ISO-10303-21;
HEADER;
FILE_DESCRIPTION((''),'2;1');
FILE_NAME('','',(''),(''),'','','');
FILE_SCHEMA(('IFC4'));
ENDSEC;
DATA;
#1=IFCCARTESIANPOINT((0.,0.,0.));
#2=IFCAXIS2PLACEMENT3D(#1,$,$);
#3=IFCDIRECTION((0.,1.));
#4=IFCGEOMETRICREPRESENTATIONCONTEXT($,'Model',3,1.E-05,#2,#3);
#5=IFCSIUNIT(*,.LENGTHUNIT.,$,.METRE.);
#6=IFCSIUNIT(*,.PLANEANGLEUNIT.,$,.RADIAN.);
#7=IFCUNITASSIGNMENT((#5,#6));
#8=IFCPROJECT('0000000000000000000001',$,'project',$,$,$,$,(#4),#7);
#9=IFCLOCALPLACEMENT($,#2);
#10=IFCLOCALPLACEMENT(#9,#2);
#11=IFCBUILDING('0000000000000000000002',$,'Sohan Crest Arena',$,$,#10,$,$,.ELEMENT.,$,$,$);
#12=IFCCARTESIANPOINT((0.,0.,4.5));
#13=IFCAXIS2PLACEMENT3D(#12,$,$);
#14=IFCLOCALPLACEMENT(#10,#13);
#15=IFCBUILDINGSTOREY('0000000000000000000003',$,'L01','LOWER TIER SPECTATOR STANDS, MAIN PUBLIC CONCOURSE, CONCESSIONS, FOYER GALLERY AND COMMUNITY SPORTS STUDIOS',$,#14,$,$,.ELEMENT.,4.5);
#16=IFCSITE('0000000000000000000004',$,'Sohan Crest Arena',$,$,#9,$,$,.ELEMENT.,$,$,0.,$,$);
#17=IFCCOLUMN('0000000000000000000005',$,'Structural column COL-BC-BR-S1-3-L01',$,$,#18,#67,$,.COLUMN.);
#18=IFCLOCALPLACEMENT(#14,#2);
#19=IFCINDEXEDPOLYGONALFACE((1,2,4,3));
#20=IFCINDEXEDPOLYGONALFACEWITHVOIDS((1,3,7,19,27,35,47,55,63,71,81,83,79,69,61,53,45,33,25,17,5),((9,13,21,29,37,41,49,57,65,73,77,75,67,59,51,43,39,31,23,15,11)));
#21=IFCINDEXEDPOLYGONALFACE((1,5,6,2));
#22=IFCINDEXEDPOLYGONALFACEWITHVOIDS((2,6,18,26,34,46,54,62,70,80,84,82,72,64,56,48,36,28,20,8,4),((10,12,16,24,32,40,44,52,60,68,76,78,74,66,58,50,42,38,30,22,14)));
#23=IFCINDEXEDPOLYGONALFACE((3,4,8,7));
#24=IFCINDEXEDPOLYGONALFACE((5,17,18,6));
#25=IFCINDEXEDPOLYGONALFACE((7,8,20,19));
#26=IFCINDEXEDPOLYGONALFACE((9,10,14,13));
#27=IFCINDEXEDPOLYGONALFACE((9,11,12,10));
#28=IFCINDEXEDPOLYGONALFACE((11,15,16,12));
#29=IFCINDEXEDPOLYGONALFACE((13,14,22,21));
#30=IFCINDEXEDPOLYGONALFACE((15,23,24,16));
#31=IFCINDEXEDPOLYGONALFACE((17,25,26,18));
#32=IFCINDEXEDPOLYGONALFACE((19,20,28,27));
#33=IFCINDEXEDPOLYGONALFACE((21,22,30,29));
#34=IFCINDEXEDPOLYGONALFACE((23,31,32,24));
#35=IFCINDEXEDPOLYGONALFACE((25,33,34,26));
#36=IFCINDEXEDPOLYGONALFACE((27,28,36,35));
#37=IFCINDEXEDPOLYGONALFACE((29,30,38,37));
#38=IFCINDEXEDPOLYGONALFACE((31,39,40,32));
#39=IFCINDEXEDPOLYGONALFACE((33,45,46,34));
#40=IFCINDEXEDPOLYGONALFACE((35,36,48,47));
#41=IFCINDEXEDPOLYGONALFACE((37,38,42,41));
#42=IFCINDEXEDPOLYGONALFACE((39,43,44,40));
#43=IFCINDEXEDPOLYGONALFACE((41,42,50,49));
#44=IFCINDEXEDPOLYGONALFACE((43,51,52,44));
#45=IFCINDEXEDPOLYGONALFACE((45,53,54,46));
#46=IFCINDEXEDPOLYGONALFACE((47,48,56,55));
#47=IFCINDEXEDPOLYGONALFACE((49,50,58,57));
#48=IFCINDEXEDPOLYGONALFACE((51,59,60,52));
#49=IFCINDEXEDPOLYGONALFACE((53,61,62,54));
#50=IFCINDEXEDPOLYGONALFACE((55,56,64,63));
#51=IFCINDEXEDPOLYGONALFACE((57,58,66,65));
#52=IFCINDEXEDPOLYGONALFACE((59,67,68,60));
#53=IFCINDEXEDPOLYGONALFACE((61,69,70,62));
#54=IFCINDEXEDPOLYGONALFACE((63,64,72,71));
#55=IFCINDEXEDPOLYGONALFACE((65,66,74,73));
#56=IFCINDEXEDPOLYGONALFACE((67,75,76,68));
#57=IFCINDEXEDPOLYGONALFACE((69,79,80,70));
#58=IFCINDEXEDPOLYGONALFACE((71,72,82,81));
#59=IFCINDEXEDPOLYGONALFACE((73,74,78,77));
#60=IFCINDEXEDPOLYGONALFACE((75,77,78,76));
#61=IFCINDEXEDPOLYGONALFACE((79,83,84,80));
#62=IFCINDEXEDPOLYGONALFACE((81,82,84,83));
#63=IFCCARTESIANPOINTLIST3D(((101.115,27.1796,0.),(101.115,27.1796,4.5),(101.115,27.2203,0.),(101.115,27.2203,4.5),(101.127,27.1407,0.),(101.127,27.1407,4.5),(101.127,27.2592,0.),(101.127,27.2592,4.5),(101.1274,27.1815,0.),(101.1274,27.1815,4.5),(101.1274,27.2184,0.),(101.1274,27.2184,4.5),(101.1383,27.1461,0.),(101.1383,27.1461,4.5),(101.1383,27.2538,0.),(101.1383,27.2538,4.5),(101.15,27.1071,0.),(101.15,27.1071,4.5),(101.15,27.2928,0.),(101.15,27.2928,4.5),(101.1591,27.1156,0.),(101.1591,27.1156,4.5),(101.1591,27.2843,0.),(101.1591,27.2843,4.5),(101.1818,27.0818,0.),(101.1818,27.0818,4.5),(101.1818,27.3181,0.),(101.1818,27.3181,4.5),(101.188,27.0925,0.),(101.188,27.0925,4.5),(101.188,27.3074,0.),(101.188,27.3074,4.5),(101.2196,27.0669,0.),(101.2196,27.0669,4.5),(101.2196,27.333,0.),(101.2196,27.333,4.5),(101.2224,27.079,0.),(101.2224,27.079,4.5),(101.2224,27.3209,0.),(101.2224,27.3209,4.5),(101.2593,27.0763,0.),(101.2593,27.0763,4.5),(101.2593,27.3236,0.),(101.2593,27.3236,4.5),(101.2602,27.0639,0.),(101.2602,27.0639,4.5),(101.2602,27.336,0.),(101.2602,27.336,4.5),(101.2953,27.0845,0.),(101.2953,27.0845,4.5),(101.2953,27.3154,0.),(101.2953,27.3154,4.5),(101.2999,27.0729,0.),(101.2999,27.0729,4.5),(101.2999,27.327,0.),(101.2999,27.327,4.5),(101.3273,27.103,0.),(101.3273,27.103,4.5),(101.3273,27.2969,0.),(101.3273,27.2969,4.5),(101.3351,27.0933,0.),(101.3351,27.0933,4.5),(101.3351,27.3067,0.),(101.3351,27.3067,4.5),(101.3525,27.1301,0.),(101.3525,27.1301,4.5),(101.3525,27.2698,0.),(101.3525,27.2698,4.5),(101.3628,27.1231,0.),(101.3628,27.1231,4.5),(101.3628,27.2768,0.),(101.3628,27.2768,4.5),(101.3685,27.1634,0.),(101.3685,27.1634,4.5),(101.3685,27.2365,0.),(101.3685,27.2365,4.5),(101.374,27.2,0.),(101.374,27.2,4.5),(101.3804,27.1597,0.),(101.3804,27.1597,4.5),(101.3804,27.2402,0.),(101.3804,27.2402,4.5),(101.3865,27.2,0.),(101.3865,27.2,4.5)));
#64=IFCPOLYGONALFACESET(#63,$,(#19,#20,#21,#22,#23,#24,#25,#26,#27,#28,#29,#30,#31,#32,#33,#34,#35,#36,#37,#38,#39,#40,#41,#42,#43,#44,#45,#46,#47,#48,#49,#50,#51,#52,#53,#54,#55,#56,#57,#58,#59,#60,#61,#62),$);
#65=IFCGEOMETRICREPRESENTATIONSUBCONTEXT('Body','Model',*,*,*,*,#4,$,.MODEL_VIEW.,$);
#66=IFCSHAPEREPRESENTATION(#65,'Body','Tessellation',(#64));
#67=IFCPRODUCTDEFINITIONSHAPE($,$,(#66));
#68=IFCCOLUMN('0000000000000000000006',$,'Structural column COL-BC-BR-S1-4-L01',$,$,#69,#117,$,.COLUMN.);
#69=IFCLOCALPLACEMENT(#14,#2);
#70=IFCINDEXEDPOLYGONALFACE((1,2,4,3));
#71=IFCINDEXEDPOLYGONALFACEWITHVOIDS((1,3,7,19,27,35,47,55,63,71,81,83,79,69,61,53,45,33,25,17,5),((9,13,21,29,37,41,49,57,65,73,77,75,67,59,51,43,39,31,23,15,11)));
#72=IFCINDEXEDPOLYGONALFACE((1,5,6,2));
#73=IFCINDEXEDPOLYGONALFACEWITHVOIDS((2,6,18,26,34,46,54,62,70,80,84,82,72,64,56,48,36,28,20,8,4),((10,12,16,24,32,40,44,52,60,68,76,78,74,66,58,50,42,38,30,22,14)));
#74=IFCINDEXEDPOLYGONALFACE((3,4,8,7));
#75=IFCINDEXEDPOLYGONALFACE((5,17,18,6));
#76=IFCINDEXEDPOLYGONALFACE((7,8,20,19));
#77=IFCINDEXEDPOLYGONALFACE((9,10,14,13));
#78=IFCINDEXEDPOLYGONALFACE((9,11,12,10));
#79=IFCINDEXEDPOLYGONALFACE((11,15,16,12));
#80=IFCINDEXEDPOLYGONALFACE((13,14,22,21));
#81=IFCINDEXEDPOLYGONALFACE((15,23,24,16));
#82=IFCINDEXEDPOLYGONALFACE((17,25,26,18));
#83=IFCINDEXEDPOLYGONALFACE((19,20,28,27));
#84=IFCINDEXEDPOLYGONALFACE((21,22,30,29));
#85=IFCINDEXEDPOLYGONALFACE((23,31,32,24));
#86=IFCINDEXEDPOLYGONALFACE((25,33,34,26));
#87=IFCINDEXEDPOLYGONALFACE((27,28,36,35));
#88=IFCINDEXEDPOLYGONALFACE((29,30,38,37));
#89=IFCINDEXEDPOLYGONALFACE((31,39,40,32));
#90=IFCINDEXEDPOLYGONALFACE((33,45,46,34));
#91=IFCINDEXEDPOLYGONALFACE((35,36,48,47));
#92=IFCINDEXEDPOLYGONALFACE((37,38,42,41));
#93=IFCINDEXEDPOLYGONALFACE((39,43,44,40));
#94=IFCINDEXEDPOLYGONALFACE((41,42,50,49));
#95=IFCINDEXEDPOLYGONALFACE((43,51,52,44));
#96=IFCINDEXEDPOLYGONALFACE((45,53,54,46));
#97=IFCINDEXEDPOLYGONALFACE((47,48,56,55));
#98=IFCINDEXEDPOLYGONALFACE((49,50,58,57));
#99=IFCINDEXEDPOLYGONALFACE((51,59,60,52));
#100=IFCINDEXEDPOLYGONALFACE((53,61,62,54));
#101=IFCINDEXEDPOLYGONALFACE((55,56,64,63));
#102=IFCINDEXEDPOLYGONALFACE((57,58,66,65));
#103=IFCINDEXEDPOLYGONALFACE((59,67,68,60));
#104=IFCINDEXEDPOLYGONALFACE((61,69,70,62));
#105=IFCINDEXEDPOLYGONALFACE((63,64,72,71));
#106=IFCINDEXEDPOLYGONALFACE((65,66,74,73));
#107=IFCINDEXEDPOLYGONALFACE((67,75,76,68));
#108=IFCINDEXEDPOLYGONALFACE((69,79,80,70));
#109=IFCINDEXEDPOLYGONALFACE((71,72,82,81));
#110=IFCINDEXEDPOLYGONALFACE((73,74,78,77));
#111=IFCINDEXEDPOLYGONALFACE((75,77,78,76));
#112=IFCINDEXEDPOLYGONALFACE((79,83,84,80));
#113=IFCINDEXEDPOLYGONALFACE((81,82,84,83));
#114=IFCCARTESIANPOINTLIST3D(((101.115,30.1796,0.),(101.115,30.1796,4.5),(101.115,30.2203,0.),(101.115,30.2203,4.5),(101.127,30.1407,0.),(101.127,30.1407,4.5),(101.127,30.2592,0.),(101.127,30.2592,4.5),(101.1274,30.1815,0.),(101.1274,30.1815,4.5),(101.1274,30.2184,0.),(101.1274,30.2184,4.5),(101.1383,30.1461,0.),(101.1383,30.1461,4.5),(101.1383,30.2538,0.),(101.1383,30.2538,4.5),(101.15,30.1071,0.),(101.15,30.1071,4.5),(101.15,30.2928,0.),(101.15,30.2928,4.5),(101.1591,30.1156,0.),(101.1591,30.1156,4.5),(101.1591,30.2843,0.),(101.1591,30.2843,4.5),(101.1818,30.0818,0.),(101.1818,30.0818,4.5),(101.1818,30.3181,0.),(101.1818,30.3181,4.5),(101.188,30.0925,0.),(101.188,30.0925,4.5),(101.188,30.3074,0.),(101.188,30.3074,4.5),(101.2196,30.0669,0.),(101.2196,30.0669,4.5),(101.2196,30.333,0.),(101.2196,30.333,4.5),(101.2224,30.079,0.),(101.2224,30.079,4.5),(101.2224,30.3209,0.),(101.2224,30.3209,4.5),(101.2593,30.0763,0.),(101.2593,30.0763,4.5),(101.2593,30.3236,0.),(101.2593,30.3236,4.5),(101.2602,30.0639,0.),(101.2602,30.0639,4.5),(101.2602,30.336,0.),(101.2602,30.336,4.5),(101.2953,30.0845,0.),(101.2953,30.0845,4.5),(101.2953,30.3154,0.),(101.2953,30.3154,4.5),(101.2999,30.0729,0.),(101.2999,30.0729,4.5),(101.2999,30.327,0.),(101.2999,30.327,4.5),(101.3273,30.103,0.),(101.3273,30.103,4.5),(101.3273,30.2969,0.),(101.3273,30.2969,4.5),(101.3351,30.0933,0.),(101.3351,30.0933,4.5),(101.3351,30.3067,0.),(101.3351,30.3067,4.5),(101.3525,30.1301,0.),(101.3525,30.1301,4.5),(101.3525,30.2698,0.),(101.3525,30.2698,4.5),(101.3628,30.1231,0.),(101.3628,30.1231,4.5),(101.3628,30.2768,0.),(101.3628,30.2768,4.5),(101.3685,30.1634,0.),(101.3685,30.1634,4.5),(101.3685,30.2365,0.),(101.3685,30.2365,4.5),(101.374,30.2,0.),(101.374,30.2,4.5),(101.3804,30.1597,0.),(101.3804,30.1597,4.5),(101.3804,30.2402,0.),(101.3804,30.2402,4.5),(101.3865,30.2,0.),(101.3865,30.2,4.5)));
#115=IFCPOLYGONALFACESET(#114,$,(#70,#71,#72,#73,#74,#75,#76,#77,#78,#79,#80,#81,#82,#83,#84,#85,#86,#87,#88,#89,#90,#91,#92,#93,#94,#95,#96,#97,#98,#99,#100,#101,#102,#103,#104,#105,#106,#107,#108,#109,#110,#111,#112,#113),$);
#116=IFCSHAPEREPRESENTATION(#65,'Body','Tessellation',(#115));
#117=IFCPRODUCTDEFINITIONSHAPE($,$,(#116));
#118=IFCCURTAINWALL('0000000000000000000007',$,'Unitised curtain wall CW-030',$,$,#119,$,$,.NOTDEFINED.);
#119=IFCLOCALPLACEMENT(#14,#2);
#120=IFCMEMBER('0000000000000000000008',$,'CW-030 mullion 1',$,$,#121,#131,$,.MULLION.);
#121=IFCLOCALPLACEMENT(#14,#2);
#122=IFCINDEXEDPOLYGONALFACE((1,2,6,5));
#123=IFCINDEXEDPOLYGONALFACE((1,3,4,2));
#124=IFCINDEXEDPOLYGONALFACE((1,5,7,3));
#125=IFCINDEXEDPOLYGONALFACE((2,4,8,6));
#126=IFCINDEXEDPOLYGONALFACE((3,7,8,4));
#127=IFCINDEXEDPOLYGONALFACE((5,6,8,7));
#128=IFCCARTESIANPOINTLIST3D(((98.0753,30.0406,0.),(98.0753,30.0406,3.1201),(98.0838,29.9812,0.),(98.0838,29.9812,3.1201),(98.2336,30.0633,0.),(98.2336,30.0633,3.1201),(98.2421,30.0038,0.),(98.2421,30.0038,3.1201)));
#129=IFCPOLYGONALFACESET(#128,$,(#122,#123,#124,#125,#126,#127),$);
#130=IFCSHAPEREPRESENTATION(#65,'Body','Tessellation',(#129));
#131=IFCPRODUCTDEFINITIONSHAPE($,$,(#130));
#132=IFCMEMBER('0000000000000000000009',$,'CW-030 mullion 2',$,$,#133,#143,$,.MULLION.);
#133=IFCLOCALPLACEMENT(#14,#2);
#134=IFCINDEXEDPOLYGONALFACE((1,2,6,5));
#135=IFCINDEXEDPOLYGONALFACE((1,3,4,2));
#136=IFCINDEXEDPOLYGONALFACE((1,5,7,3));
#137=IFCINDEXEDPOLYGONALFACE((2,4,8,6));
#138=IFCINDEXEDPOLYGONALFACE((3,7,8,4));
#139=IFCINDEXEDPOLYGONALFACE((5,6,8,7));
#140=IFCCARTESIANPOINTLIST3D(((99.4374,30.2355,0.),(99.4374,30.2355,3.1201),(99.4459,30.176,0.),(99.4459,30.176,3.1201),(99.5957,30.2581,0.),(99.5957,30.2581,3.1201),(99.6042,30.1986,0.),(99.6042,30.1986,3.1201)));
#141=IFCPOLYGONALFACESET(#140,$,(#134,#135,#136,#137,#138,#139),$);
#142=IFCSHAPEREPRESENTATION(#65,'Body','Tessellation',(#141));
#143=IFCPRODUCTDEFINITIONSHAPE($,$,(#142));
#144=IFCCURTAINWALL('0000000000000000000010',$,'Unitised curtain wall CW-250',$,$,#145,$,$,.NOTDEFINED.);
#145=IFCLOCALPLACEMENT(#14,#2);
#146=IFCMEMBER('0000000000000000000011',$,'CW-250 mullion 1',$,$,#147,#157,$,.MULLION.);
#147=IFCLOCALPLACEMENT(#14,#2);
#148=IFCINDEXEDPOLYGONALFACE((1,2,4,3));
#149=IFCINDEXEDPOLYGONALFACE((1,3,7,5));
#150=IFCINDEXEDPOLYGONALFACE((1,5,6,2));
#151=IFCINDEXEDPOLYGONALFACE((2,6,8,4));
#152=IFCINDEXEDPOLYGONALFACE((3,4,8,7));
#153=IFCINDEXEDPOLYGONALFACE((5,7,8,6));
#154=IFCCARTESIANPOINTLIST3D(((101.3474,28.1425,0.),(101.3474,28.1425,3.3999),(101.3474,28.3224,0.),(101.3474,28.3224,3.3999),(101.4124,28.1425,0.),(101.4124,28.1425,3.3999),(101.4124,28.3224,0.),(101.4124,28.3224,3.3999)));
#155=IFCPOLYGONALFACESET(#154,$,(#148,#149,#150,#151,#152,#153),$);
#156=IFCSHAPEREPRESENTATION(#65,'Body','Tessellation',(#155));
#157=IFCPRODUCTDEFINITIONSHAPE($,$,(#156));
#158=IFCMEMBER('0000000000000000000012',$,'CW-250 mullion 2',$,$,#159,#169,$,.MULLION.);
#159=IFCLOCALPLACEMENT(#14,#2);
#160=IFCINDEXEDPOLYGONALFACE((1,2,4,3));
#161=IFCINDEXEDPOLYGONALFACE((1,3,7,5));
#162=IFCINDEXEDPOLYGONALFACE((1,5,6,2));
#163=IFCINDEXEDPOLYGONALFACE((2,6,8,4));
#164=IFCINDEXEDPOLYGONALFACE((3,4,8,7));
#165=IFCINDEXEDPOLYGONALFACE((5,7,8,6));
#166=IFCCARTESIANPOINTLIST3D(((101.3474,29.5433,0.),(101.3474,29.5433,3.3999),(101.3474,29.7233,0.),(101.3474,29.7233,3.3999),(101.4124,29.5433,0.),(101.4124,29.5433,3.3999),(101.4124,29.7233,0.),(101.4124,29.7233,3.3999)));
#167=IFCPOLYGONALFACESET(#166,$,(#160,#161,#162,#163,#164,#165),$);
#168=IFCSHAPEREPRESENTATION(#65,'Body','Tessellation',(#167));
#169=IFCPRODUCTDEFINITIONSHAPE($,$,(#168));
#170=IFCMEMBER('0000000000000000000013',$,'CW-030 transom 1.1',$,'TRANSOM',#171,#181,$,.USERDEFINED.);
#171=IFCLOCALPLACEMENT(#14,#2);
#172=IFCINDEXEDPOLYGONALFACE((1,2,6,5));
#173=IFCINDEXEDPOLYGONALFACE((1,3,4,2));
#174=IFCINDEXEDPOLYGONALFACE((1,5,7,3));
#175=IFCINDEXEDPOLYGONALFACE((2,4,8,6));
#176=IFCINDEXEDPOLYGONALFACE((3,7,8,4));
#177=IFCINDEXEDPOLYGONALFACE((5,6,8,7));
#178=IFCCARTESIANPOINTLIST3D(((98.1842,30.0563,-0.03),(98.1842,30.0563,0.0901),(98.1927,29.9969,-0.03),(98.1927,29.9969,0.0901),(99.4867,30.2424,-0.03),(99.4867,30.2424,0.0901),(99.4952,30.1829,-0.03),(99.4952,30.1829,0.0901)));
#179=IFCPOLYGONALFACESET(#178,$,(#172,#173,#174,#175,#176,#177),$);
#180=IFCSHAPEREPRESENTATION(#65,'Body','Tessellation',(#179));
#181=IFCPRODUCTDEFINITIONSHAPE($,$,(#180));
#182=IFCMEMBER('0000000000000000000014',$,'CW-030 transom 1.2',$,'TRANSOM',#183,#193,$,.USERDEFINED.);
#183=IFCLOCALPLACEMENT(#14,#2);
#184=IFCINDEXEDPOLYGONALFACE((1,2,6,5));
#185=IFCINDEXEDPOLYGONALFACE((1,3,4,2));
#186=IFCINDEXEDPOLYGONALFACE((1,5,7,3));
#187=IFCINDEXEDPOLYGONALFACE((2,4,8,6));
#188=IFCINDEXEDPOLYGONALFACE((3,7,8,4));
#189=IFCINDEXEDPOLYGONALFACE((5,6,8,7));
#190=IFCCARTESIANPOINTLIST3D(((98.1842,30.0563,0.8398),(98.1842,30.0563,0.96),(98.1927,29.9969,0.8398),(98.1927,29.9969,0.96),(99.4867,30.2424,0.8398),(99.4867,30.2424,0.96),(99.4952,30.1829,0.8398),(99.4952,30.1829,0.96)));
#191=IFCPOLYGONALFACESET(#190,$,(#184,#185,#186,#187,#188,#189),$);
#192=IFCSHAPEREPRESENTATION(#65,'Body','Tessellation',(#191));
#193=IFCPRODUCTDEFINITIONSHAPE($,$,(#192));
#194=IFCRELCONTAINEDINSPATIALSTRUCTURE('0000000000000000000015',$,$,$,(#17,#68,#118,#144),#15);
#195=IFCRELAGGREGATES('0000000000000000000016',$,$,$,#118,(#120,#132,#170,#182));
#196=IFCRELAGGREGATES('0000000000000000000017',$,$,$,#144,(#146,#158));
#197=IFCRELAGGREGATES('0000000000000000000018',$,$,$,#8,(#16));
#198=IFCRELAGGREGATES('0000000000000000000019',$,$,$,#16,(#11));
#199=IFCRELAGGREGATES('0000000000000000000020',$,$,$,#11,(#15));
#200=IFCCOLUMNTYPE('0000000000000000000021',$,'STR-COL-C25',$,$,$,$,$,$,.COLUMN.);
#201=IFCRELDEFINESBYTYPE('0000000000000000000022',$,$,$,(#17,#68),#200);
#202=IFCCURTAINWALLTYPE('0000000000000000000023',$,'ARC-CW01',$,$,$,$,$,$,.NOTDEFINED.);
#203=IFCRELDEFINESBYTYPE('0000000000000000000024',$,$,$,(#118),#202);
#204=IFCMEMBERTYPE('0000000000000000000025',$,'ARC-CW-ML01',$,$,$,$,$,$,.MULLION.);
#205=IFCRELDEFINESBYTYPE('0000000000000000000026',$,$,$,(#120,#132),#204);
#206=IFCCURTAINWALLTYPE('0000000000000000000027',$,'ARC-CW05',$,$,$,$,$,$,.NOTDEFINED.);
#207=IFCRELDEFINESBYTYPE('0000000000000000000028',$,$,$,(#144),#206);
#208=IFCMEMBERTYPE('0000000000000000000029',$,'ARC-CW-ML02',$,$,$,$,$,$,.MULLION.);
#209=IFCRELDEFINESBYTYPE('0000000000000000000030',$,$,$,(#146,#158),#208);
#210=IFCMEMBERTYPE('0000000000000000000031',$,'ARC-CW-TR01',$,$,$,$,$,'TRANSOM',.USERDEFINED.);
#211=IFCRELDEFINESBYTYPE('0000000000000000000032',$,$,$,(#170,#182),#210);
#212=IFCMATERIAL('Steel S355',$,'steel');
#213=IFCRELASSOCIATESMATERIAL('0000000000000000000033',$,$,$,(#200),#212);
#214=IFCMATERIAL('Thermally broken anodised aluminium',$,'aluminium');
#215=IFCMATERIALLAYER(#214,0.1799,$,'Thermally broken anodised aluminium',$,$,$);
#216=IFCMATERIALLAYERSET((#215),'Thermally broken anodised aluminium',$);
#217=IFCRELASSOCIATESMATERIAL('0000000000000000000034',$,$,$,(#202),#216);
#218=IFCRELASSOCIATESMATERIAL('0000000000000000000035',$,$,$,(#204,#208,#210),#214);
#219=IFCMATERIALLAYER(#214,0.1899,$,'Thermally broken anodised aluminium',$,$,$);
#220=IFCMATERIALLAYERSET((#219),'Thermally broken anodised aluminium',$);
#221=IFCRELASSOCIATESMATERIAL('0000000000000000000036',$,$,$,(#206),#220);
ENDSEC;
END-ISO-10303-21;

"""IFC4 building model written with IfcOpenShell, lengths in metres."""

from ifc_helpers import new_model, si_unit, direction, frame, origin, origin_2d, place, context, subcontext, project, spatial, rectangle, hollow_circle, extrude, material, layer, layer_set, material_profile, profile_set, type_object, element, aggregate, save


model = new_model("IFC4")

# Units and contexts
model_context = context("Model", 3, precision=1e-05, world=origin(), true_north=direction((0.0, 1.0)))
body_context = subcontext(model_context, "Body", "Model", "MODEL_VIEW")
ifc_project = project(units=[si_unit("LENGTHUNIT", "METRE"), si_unit("PLANEANGLEUNIT", "RADIAN")], contexts=[model_context])

# Site, building, storey
site_placement = place(None, origin())
site = spatial("IfcSite", under=ifc_project, at=site_placement, Name="Sohan Crest Arena", CompositionType="ELEMENT", RefElevation=0.0)
building_placement = place(site_placement, origin())
building = spatial("IfcBuilding", under=site, at=building_placement, Name="Sohan Crest Arena", CompositionType="ELEMENT")
storey_placement = place(building_placement, frame((0.0, 0.0, 4.5)))
storey = spatial("IfcBuildingStorey", under=building, at=storey_placement, Name="L01", Description="LOWER TIER SPECTATOR STANDS, MAIN PUBLIC CONCOURSE, CONCESSIONS, FOYER GALLERY AND COMMUNITY SPORTS STUDIOS", CompositionType="ELEMENT", Elevation=4.5)

# Columns
ifc_material_1 = material(Name="Steel S355", Category="steel")
ifc_material_profile_1 = material_profile(ifc_material_1, hollow_circle(Radius=0.1365, WallThickness=0.0125, at=origin_2d()), Name="CHS 273x12.5")
ifc_profile_set_1 = profile_set([ifc_material_profile_1], Name="Steel S355")
column_type = type_object("IfcColumnType", Name="STR-COL-C25", PredefinedType="COLUMN", material=ifc_profile_set_1)
for number, where, z_axis, x_axis, name in (
    (1, (101.25, 27.2, 0.0), (0.0, 0.0, 1.0), (1.0, 0.0, 0.0), "Structural column COL-BC-BR-S1-3-L01"),
    (2, (101.25, 30.2, 0.0), (0.0, 0.0, 1.0), (1.0, 0.0, 0.0), "Structural column COL-BC-BR-S1-4-L01"),
):
    element("IfcColumn", number, at=place(storey_placement, frame(where, z_axis=z_axis, x_axis=x_axis)), inside=storey, type_object=column_type, Name=name, PredefinedType="COLUMN", context=body_context, shape_type="SweptSolid", body=[
        extrude(hollow_circle(Radius=0.1365, WallThickness=0.0125, at=origin_2d()), origin(), (0.0, 0.0, 1.0), 4.5),
    ])

# Curtain walls, members
ifc_material_2 = material(Name="Thermally broken anodised aluminium", Category="aluminium")
ifc_layer_1 = layer(ifc_material_2, 0.1799, Name="Thermally broken anodised aluminium")
ifc_layer_set_1 = layer_set([ifc_layer_1], Name="Thermally broken anodised aluminium")
curtain_wall_type_1 = type_object("IfcCurtainWallType", Name="ARC-CW01", PredefinedType="NOTDEFINED", material=ifc_layer_set_1)
curtain_wall_1_placement = place(storey_placement, origin())
curtain_wall_1 = element("IfcCurtainWall", 3, at=curtain_wall_1_placement, inside=storey, type_object=curtain_wall_type_1, Name="Unitised curtain wall CW-030", PredefinedType="NOTDEFINED")
ifc_material_profile_2 = material_profile(ifc_material_2, rectangle(XDim=0.0601, YDim=0.1599, at=origin_2d()), Name="ALU-MULL 60x160")
ifc_profile_set_2 = profile_set([ifc_material_profile_2], Name="Thermally broken anodised aluminium")
member_type_1 = type_object("IfcMemberType", Name="ARC-CW-ML01", PredefinedType="MULLION", material=ifc_profile_set_2)
member_1_placement = place(storey_placement, frame((98.1587, 30.0222, 0.0), z_axis=(0.0, 0.0, 1.0), x_axis=(-0.141549, 0.989931, 0.0)))
member_1 = element("IfcMember", 4, at=member_1_placement, type_object=member_type_1, Name="CW-030 mullion 1", PredefinedType="MULLION", context=body_context, shape_type="SweptSolid", body=[
    extrude(rectangle(XDim=0.0601, YDim=0.1599, at=origin_2d()), origin(), (0.0, 0.0, 1.0), 3.1201),
])
member_2_placement = place(storey_placement, frame((99.5208, 30.217, 0.0), z_axis=(0.0, 0.0, 1.0), x_axis=(-0.141549, 0.989931, 0.0)))
member_2 = element("IfcMember", 5, at=member_2_placement, type_object=member_type_1, Name="CW-030 mullion 2", PredefinedType="MULLION", context=body_context, shape_type="SweptSolid", body=[
    extrude(rectangle(XDim=0.0601, YDim=0.1599, at=origin_2d()), origin(), (0.0, 0.0, 1.0), 3.1201),
])
ifc_layer_2 = layer(ifc_material_2, 0.1899, Name="Thermally broken anodised aluminium")
ifc_layer_set_2 = layer_set([ifc_layer_2], Name="Thermally broken anodised aluminium")
curtain_wall_type_2 = type_object("IfcCurtainWallType", Name="ARC-CW05", PredefinedType="NOTDEFINED", material=ifc_layer_set_2)
curtain_wall_2_placement = place(storey_placement, origin())
curtain_wall_2 = element("IfcCurtainWall", 6, at=curtain_wall_2_placement, inside=storey, type_object=curtain_wall_type_2, Name="Unitised curtain wall CW-250", PredefinedType="NOTDEFINED")
ifc_material_profile_3 = material_profile(ifc_material_2, rectangle(XDim=0.0649, YDim=0.1799, at=origin_2d()), Name="ALU-MULL 65x180")
ifc_profile_set_3 = profile_set([ifc_material_profile_3], Name="Thermally broken anodised aluminium")
member_type_2 = type_object("IfcMemberType", Name="ARC-CW-ML02", PredefinedType="MULLION", material=ifc_profile_set_3)
member_3_placement = place(storey_placement, frame((101.3799, 28.2324, 0.0), z_axis=(0.0, 0.0, 1.0), x_axis=(-1.0, 0.0, 0.0)))
member_3 = element("IfcMember", 7, at=member_3_placement, type_object=member_type_2, Name="CW-250 mullion 1", PredefinedType="MULLION", context=body_context, shape_type="SweptSolid", body=[
    extrude(rectangle(XDim=0.0649, YDim=0.1799, at=origin_2d()), origin(), (0.0, 0.0, 1.0), 3.3999),
])
member_4_placement = place(storey_placement, frame((101.3799, 29.6333, 0.0), z_axis=(0.0, 0.0, 1.0), x_axis=(-1.0, 0.0, 0.0)))
member_4 = element("IfcMember", 8, at=member_4_placement, type_object=member_type_2, Name="CW-250 mullion 2", PredefinedType="MULLION", context=body_context, shape_type="SweptSolid", body=[
    extrude(rectangle(XDim=0.0649, YDim=0.1799, at=origin_2d()), origin(), (0.0, 0.0, 1.0), 3.3999),
])

# Members
ifc_material_profile_4 = material_profile(ifc_material_2, rectangle(XDim=0.0601, YDim=0.1201, at=origin_2d()), Name="ALU-TRAN 60x120")
ifc_profile_set_4 = profile_set([ifc_material_profile_4], Name="Thermally broken anodised aluminium")
member_type_3 = type_object("IfcMemberType", Name="ARC-CW-TR01", ElementType="TRANSOM", PredefinedType="USERDEFINED", material=ifc_profile_set_4)
member_5_placement = place(storey_placement, frame((98.1885, 30.0266, 0.03), z_axis=(0.989953, 0.141395, 0.0), x_axis=(-0.141395, 0.989953, 0.0)))
member_5 = element("IfcMember", 9, at=member_5_placement, type_object=member_type_3, Name="CW-030 transom 1.1", ObjectType="TRANSOM", PredefinedType="USERDEFINED", context=body_context, shape_type="SweptSolid", body=[
    extrude(rectangle(XDim=0.0601, YDim=0.1201, at=origin_2d()), origin(), (0.0, 0.0, 1.0), 1.3157),
])
member_6_placement = place(storey_placement, frame((98.1885, 30.0266, 0.8999), z_axis=(0.989953, 0.141395, 0.0), x_axis=(-0.141395, 0.989953, 0.0)))
member_6 = element("IfcMember", 10, at=member_6_placement, type_object=member_type_3, Name="CW-030 transom 1.2", ObjectType="TRANSOM", PredefinedType="USERDEFINED", context=body_context, shape_type="SweptSolid", body=[
    extrude(rectangle(XDim=0.0601, YDim=0.1201, at=origin_2d()), origin(), (0.0, 0.0, 1.0), 1.3157),
])

aggregate(curtain_wall_1, [member_1, member_2, member_5, member_6])
aggregate(curtain_wall_2, [member_3, member_4])

save(model, "model.ifc")
